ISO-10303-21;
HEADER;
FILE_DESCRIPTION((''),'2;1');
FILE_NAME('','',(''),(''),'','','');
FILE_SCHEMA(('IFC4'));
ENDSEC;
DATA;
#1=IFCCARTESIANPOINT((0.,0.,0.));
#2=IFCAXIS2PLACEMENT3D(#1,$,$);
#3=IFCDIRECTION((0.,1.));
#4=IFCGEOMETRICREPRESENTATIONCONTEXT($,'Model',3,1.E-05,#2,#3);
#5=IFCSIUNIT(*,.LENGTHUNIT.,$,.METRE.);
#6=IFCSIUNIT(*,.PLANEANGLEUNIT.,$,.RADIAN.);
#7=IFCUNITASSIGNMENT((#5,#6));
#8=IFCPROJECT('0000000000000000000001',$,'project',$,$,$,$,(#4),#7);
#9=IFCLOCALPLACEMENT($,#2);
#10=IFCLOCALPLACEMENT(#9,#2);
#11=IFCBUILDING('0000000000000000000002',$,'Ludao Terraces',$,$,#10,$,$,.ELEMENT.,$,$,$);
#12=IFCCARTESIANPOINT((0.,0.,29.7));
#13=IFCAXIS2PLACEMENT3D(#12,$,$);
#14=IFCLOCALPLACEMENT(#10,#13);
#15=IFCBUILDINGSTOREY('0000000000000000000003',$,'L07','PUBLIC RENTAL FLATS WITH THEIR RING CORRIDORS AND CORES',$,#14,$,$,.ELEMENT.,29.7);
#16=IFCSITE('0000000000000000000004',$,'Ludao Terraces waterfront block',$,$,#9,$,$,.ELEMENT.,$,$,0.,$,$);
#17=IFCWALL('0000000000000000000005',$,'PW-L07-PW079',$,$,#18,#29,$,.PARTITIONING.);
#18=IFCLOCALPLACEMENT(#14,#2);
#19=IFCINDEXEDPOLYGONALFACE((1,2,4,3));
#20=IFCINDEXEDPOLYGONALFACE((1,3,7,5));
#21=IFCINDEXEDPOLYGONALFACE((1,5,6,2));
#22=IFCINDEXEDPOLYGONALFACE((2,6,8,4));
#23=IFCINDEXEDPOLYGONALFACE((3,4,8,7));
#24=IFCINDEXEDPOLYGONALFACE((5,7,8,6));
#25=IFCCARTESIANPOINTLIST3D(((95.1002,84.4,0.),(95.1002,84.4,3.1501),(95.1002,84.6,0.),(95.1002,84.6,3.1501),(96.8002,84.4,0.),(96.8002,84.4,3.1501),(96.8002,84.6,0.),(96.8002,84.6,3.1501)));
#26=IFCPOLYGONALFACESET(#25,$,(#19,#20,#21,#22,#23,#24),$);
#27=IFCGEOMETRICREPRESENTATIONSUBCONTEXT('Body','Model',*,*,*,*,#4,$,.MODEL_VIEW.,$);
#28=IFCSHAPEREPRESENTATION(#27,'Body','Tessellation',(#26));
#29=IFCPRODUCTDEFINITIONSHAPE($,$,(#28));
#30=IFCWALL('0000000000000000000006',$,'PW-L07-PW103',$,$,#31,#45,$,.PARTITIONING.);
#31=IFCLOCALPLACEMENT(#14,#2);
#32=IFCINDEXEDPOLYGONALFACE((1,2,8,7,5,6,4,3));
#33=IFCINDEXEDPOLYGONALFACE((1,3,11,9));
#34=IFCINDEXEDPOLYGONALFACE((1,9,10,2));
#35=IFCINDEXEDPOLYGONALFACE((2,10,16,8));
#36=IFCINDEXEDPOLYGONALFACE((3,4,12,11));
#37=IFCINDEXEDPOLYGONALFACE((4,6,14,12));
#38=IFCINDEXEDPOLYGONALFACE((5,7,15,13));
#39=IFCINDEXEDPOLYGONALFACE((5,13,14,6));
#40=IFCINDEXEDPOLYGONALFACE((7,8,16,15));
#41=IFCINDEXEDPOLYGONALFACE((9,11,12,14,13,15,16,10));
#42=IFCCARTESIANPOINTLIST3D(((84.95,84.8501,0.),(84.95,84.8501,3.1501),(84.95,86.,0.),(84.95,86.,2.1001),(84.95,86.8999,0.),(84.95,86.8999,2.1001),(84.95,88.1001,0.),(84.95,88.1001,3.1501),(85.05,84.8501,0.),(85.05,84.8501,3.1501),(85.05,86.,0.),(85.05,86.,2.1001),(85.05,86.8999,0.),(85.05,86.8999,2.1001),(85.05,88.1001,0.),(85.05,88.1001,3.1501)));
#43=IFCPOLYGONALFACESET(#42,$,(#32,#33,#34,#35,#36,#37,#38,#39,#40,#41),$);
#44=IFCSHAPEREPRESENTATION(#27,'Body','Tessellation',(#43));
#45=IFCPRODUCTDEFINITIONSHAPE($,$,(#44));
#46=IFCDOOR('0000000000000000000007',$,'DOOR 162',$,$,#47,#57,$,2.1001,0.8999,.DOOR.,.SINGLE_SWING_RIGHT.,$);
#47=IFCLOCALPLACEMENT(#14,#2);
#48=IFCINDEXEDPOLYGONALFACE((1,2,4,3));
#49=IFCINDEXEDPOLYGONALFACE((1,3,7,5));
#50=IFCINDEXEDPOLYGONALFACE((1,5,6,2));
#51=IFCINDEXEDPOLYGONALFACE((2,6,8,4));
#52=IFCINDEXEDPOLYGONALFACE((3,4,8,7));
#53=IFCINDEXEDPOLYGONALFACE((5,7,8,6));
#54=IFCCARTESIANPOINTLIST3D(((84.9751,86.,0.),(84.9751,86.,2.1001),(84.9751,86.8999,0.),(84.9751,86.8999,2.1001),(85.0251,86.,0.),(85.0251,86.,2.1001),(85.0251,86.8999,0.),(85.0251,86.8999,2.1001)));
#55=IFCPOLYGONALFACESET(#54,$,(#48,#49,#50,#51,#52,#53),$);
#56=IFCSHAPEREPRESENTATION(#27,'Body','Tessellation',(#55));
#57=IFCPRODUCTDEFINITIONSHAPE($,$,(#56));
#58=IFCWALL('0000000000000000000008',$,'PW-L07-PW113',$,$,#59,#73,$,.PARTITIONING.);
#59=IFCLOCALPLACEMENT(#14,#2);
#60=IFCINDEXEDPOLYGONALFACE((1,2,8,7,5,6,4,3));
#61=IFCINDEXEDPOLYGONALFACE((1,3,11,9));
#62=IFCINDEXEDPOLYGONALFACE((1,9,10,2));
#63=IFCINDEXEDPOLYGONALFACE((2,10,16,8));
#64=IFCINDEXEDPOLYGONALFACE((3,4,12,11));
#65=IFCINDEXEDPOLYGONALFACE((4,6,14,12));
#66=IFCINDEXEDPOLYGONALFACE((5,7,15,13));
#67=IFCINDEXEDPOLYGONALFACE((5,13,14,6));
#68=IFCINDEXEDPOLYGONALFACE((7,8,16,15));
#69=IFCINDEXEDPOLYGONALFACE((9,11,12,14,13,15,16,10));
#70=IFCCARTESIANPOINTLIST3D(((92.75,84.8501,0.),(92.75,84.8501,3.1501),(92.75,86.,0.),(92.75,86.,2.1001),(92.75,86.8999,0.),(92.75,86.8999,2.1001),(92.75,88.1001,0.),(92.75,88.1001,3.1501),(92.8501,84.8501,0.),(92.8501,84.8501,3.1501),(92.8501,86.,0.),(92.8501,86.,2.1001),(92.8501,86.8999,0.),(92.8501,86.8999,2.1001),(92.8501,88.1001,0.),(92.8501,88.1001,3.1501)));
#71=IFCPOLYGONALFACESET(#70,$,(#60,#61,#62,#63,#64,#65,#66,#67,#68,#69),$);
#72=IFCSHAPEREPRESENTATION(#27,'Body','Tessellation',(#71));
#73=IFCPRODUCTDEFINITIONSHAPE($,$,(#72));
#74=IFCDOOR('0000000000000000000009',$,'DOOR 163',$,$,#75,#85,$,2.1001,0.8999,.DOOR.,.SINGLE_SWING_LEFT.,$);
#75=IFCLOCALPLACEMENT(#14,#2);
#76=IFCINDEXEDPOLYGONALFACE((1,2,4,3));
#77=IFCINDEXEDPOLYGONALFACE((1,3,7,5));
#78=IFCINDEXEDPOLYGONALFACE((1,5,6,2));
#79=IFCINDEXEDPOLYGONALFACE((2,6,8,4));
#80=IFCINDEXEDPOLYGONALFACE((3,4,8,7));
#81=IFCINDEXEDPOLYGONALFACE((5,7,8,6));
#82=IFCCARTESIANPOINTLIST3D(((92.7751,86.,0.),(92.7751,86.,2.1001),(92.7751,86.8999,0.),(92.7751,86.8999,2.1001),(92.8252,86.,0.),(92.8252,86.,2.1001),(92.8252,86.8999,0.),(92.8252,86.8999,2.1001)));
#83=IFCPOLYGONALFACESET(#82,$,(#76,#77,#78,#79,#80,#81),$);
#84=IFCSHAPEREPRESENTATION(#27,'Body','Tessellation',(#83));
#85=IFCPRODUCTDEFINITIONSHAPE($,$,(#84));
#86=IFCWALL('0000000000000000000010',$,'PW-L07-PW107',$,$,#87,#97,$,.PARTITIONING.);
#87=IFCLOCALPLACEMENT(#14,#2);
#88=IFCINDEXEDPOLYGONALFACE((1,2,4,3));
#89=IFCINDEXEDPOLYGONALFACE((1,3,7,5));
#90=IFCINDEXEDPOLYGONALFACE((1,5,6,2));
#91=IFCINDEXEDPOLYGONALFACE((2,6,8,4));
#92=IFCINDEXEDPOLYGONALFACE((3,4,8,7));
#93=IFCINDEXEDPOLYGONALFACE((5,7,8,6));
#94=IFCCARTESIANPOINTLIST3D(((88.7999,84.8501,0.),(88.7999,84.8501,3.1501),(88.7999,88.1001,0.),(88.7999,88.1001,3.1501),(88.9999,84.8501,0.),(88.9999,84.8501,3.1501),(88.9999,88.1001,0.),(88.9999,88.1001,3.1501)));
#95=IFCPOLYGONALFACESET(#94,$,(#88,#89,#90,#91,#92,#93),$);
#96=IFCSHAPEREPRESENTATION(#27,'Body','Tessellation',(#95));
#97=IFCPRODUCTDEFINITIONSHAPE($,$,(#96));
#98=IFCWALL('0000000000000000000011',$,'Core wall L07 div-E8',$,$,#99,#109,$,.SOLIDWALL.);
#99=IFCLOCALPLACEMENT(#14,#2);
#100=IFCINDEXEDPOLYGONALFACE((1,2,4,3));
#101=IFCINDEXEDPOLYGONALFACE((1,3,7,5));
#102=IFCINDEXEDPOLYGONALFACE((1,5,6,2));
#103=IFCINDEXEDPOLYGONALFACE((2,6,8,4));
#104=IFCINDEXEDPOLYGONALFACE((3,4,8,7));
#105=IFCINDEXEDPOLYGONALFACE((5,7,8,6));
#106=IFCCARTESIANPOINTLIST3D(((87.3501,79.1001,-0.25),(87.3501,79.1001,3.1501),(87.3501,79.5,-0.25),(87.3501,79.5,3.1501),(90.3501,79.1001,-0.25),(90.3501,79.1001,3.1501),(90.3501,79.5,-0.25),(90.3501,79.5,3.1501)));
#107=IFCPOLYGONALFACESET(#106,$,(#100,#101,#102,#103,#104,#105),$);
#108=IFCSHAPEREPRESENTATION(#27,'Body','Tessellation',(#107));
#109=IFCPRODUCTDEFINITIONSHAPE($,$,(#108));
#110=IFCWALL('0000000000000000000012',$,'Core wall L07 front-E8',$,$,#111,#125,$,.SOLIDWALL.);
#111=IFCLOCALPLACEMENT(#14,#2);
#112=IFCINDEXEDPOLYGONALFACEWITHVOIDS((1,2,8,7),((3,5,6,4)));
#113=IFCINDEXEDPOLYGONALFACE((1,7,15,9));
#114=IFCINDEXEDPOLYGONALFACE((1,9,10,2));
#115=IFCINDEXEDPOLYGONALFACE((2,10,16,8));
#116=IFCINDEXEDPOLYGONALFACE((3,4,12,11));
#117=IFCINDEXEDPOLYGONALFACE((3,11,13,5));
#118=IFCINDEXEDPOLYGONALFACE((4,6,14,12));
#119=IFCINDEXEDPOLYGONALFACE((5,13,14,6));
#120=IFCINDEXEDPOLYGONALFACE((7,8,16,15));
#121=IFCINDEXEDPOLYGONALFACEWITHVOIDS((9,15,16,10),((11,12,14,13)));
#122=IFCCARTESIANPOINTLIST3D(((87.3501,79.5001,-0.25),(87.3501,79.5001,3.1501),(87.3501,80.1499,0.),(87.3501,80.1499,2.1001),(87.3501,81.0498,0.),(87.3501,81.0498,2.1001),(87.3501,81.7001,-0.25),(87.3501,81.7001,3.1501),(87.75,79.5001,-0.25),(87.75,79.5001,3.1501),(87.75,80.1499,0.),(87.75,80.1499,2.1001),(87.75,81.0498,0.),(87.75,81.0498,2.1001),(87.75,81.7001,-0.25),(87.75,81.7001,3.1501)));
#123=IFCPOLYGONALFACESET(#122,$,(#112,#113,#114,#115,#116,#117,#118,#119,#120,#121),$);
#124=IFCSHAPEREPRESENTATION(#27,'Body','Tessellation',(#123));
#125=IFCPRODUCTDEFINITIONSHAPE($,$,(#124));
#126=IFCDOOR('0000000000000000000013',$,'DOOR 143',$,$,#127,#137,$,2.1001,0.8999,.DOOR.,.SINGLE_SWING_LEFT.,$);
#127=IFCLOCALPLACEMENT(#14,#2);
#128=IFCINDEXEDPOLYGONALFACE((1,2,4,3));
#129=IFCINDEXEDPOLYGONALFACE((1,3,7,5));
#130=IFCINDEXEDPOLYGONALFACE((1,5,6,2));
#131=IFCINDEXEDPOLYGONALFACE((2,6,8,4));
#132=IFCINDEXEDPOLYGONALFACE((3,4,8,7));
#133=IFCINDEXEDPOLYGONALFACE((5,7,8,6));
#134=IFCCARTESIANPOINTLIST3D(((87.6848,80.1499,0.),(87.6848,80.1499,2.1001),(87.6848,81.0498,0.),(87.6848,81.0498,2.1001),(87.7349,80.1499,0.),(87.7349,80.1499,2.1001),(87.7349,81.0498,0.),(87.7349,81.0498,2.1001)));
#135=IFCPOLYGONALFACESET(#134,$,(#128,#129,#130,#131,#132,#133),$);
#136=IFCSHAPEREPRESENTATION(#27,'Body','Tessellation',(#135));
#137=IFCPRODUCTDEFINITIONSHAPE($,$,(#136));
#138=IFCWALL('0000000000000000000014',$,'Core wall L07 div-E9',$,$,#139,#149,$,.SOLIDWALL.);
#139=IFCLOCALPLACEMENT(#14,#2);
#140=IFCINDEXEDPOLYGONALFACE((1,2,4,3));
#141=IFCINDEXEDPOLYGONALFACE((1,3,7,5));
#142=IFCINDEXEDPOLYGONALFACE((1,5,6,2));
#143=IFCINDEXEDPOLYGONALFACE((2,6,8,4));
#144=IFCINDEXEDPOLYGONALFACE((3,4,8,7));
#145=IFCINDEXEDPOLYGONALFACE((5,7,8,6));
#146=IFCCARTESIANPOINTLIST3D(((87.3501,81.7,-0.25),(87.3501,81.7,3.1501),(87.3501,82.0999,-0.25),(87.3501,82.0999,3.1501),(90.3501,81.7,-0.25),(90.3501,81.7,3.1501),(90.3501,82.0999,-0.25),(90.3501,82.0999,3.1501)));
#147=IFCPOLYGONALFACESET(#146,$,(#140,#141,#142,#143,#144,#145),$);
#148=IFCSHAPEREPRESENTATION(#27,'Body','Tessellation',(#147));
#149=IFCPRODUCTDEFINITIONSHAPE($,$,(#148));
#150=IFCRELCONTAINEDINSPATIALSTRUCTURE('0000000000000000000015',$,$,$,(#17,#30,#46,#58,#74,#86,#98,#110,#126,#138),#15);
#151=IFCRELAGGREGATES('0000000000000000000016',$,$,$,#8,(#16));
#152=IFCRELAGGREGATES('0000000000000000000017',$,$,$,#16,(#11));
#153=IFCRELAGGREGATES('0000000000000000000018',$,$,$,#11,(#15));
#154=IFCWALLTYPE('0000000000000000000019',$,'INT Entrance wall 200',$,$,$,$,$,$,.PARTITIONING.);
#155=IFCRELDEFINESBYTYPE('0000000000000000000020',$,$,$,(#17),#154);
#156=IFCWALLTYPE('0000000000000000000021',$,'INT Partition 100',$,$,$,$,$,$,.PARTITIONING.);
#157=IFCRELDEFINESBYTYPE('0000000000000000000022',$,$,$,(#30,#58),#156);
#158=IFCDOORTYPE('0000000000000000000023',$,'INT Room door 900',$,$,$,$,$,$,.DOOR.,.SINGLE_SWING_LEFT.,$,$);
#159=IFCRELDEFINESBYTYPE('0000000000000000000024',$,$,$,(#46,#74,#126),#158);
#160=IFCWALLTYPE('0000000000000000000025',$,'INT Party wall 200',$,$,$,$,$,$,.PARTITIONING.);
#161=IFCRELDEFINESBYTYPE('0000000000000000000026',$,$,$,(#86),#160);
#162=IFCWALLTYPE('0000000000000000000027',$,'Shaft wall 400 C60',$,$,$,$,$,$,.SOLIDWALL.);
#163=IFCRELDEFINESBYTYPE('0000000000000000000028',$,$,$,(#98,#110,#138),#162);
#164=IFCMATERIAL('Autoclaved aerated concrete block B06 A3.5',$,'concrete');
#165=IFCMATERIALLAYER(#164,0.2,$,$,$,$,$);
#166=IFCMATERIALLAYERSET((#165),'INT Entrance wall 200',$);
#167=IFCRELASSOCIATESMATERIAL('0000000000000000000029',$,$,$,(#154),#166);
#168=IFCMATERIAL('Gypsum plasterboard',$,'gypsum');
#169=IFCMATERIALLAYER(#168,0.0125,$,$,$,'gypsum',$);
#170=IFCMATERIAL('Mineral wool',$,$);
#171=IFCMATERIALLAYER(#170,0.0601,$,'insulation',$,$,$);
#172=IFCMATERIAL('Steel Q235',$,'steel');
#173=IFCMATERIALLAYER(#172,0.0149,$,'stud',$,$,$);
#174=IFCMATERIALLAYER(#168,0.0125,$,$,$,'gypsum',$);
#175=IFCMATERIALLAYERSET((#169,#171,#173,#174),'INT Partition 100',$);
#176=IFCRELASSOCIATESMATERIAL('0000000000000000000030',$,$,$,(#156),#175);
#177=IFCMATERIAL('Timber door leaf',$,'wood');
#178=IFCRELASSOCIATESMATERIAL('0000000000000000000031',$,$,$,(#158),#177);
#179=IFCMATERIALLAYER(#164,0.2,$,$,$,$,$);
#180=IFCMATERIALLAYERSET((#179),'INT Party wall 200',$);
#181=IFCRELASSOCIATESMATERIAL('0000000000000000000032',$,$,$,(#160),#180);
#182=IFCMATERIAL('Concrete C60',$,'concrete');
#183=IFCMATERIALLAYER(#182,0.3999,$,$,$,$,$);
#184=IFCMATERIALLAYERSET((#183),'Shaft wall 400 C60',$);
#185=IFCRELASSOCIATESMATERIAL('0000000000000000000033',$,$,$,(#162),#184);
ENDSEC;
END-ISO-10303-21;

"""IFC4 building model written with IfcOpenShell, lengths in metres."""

from ifc_helpers import new_model, si_unit, direction, frame, frame_2d, origin, place, context, subcontext, project, spatial, rectangle, extrude, material, layer, layer_set, type_object, element, fill, save


model = new_model("IFC4")

# Units and contexts
model_context = context("Model", 3, precision=1e-05, world=origin(), true_north=direction((0.0, 1.0)))
body_context = subcontext(model_context, "Body", "Model", "MODEL_VIEW")
ifc_project = project(units=[si_unit("LENGTHUNIT", "METRE"), si_unit("PLANEANGLEUNIT", "RADIAN")], contexts=[model_context])

# Site, building, storey
site_placement = place(None, origin())
site = spatial("IfcSite", under=ifc_project, at=site_placement, Name="Ludao Terraces waterfront block", CompositionType="ELEMENT", RefElevation=0.0)
building_placement = place(site_placement, origin())
building = spatial("IfcBuilding", under=site, at=building_placement, Name="Ludao Terraces", CompositionType="ELEMENT")
storey_placement = place(building_placement, frame((0.0, 0.0, 29.7)))
storey = spatial("IfcBuildingStorey", under=building, at=storey_placement, Name="L07", Description="PUBLIC RENTAL FLATS WITH THEIR RING CORRIDORS AND CORES", CompositionType="ELEMENT", Elevation=29.7)

# Shared definitions
ifc_material_1 = material(Name="Mineral wool")

# Wall
ifc_material_2 = material(Name="Autoclaved aerated concrete block B06 A3.5", Category="concrete")
ifc_layer_1 = layer(ifc_material_2, 0.2)
ifc_layer_set_1 = layer_set([ifc_layer_1], Name="INT Entrance wall 200")
wall_type_1 = type_object("IfcWallType", Name="INT Entrance wall 200", PredefinedType="PARTITIONING", material=ifc_layer_set_1)
wall_1_placement = place(storey_placement, frame((95.1001, 84.5, 0.0), z_axis=(0.0, 0.0, 1.0), x_axis=(1.0, 0.0, 0.0)))
element("IfcWall", 1, at=wall_1_placement, inside=storey, type_object=wall_type_1, Name="PW-L07-PW079", PredefinedType="PARTITIONING", context=body_context, shape_type="SweptSolid", body=[
    extrude(rectangle(XDim=1.7, YDim=0.2, at=frame_2d((0.8501, 0.0))), origin(), (0.0, 0.0, 1.0), 3.1501),
])

# Walls, openings, doors
ifc_material_3 = material(Name="Gypsum plasterboard", Category="gypsum")
ifc_layer_2 = layer(ifc_material_3, 0.0125, Category="gypsum")
ifc_layer_3 = layer(ifc_material_1, 0.0601, Name="insulation")
ifc_material_4 = material(Name="Steel Q235", Category="steel")
ifc_layer_4 = layer(ifc_material_4, 0.0149, Name="stud")
ifc_layer_5 = layer(ifc_material_3, 0.0125, Category="gypsum")
ifc_layer_set_2 = layer_set([ifc_layer_2, ifc_layer_3, ifc_layer_4, ifc_layer_5], Name="INT Partition 100")
wall_type_2 = type_object("IfcWallType", Name="INT Partition 100", PredefinedType="PARTITIONING", material=ifc_layer_set_2)
wall_2_placement = place(storey_placement, frame((85.0, 84.8501, 0.0), z_axis=(0.0, 0.0, 1.0), x_axis=(0.0, 1.0, 0.0)))
wall_2 = element("IfcWall", 2, at=wall_2_placement, inside=storey, type_object=wall_type_2, Name="PW-L07-PW103", PredefinedType="PARTITIONING", context=body_context, shape_type="SweptSolid", body=[
    extrude(rectangle(XDim=3.25, YDim=0.1001, at=frame_2d((1.625, 0.0))), origin(), (0.0, 0.0, 1.0), 3.1501),
])
opening_1_placement = place(wall_2_placement, frame((1.1499, 0.0, 0.0)))
opening_1 = element("IfcOpeningElement", 3, at=opening_1_placement, cuts=wall_2, PredefinedType="OPENING", context=body_context, shape_type="SweptSolid", body=[
    extrude(rectangle(XDim=0.8999, YDim=2.1001, at=frame_2d((0.45, 1.05))), frame((0.0, 0.0601, 0.0), z_axis=(0.0, -1.0, 0.0), x_axis=(1.0, 0.0, 0.0)), (0.0, 0.0, 1.0), 0.1201),
])
ifc_material_5 = material(Name="Timber door leaf", Category="wood")
door_type_1 = type_object("IfcDoorType", Name="INT Room door 900", OperationType="SINGLE_SWING_LEFT", PredefinedType="DOOR", material=ifc_material_5)
door_1_placement = place(opening_1_placement, origin())
door_1 = element("IfcDoor", 4, at=door_1_placement, inside=storey, type_object=door_type_1, Name="DOOR 162", OperationType="SINGLE_SWING_RIGHT", OverallHeight=2.1001, OverallWidth=0.8999, PredefinedType="DOOR", context=body_context, shape_type="SweptSolid", body=[
    extrude(rectangle(XDim=0.8999, YDim=2.1001, at=frame_2d((0.45, 1.05))), frame((0.0, 0.0249, 0.0), z_axis=(0.0, -1.0, 0.0), x_axis=(1.0, 0.0, 0.0)), (0.0, 0.0, 1.0), 0.05),
])
fill(opening_1, door_1)
wall_3_placement = place(storey_placement, frame((92.8, 84.8501, 0.0), z_axis=(0.0, 0.0, 1.0), x_axis=(0.0, 1.0, 0.0)))
wall_3 = element("IfcWall", 5, at=wall_3_placement, inside=storey, type_object=wall_type_2, Name="PW-L07-PW113", PredefinedType="PARTITIONING", context=body_context, shape_type="SweptSolid", body=[
    extrude(rectangle(XDim=3.25, YDim=0.1001, at=frame_2d((1.625, 0.0))), origin(), (0.0, 0.0, 1.0), 3.1501),
])
opening_2_placement = place(wall_3_placement, frame((1.1499, 0.0, 0.0)))
opening_2 = element("IfcOpeningElement", 6, at=opening_2_placement, cuts=wall_3, PredefinedType="OPENING", context=body_context, shape_type="SweptSolid", body=[
    extrude(rectangle(XDim=0.8999, YDim=2.1001, at=frame_2d((0.45, 1.05))), frame((0.0, 0.0601, 0.0), z_axis=(0.0, -1.0, 0.0), x_axis=(1.0, 0.0, 0.0)), (0.0, 0.0, 1.0), 0.1201),
])
door_2_placement = place(opening_2_placement, origin())
door_2 = element("IfcDoor", 7, at=door_2_placement, inside=storey, type_object=door_type_1, Name="DOOR 163", OperationType="SINGLE_SWING_LEFT", OverallHeight=2.1001, OverallWidth=0.8999, PredefinedType="DOOR", context=body_context, shape_type="SweptSolid", body=[
    extrude(rectangle(XDim=0.8999, YDim=2.1001, at=frame_2d((0.45, 1.05))), frame((0.0, 0.0249, 0.0), z_axis=(0.0, -1.0, 0.0), x_axis=(1.0, 0.0, 0.0)), (0.0, 0.0, 1.0), 0.05),
])
fill(opening_2, door_2)

# Walls
ifc_layer_6 = layer(ifc_material_2, 0.2)
ifc_layer_set_3 = layer_set([ifc_layer_6], Name="INT Party wall 200")
wall_type_3 = type_object("IfcWallType", Name="INT Party wall 200", PredefinedType="PARTITIONING", material=ifc_layer_set_3)
wall_4_placement = place(storey_placement, frame((88.8999, 84.8501, 0.0), z_axis=(0.0, 0.0, 1.0), x_axis=(0.0, 1.0, 0.0)))
element("IfcWall", 8, at=wall_4_placement, inside=storey, type_object=wall_type_3, Name="PW-L07-PW107", PredefinedType="PARTITIONING", context=body_context, shape_type="SweptSolid", body=[
    extrude(rectangle(XDim=3.25, YDim=0.2, at=frame_2d((1.625, 0.0))), origin(), (0.0, 0.0, 1.0), 3.1501),
])
ifc_material_6 = material(Name="Concrete C60", Category="concrete")
ifc_layer_7 = layer(ifc_material_6, 0.3999)
ifc_layer_set_4 = layer_set([ifc_layer_7], Name="Shaft wall 400 C60")
wall_type_4 = type_object("IfcWallType", Name="Shaft wall 400 C60", PredefinedType="SOLIDWALL", material=ifc_layer_set_4)
wall_5_placement = place(storey_placement, frame((87.3501, 79.3, -0.25), z_axis=(0.0, 0.0, 1.0), x_axis=(1.0, 0.0, 0.0)))
element("IfcWall", 9, at=wall_5_placement, inside=storey, type_object=wall_type_4, Name="Core wall L07 div-E8", PredefinedType="SOLIDWALL", context=body_context, shape_type="SweptSolid", body=[
    extrude(rectangle(XDim=3.0, YDim=0.3999, at=frame_2d((1.5, 0.0))), origin(), (0.0, 0.0, 1.0), 3.4001),
])

# Wall, opening, door
wall_6_placement = place(storey_placement, frame((87.55, 79.5, -0.25), z_axis=(0.0, 0.0, 1.0), x_axis=(0.0, 1.0, 0.0)))
wall_6 = element("IfcWall", 10, at=wall_6_placement, inside=storey, type_object=wall_type_4, Name="Core wall L07 front-E8", PredefinedType="SOLIDWALL", context=body_context, shape_type="SweptSolid", body=[
    extrude(rectangle(XDim=2.2, YDim=0.3999, at=frame_2d((1.1001, 0.0))), origin(), (0.0, 0.0, 1.0), 3.4001),
])
opening_3_placement = place(wall_6_placement, frame((0.6499, 0.0, 0.25)))
opening_3 = element("IfcOpeningElement", 11, at=opening_3_placement, cuts=wall_6, PredefinedType="OPENING", context=body_context, shape_type="SweptSolid", body=[
    extrude(rectangle(XDim=0.8999, YDim=2.1001, at=frame_2d((0.45, 1.05))), frame((0.0, 0.21, 0.0), z_axis=(0.0, -1.0, 0.0), x_axis=(1.0, 0.0, 0.0)), (0.0, 0.0, 1.0), 0.4199),
])
door_3_placement = place(opening_3_placement, origin())
door_3 = element("IfcDoor", 12, at=door_3_placement, inside=storey, type_object=door_type_1, Name="DOOR 143", OperationType="SINGLE_SWING_LEFT", OverallHeight=2.1001, OverallWidth=0.8999, PredefinedType="DOOR", context=body_context, shape_type="SweptSolid", body=[
    extrude(rectangle(XDim=0.8999, YDim=2.1001, at=frame_2d((0.45, 1.05))), frame((0.0, -0.1348, 0.0), z_axis=(0.0, -1.0, 0.0), x_axis=(1.0, 0.0, 0.0)), (0.0, 0.0, 1.0), 0.05),
])
fill(opening_3, door_3)

# Wall
wall_7_placement = place(storey_placement, frame((87.3501, 81.8999, -0.25), z_axis=(0.0, 0.0, 1.0), x_axis=(1.0, 0.0, 0.0)))
element("IfcWall", 13, at=wall_7_placement, inside=storey, type_object=wall_type_4, Name="Core wall L07 div-E9", PredefinedType="SOLIDWALL", context=body_context, shape_type="SweptSolid", body=[
    extrude(rectangle(XDim=3.0, YDim=0.3999, at=frame_2d((1.5, 0.0))), origin(), (0.0, 0.0, 1.0), 3.4001),
])

save(model, "model.ifc")
